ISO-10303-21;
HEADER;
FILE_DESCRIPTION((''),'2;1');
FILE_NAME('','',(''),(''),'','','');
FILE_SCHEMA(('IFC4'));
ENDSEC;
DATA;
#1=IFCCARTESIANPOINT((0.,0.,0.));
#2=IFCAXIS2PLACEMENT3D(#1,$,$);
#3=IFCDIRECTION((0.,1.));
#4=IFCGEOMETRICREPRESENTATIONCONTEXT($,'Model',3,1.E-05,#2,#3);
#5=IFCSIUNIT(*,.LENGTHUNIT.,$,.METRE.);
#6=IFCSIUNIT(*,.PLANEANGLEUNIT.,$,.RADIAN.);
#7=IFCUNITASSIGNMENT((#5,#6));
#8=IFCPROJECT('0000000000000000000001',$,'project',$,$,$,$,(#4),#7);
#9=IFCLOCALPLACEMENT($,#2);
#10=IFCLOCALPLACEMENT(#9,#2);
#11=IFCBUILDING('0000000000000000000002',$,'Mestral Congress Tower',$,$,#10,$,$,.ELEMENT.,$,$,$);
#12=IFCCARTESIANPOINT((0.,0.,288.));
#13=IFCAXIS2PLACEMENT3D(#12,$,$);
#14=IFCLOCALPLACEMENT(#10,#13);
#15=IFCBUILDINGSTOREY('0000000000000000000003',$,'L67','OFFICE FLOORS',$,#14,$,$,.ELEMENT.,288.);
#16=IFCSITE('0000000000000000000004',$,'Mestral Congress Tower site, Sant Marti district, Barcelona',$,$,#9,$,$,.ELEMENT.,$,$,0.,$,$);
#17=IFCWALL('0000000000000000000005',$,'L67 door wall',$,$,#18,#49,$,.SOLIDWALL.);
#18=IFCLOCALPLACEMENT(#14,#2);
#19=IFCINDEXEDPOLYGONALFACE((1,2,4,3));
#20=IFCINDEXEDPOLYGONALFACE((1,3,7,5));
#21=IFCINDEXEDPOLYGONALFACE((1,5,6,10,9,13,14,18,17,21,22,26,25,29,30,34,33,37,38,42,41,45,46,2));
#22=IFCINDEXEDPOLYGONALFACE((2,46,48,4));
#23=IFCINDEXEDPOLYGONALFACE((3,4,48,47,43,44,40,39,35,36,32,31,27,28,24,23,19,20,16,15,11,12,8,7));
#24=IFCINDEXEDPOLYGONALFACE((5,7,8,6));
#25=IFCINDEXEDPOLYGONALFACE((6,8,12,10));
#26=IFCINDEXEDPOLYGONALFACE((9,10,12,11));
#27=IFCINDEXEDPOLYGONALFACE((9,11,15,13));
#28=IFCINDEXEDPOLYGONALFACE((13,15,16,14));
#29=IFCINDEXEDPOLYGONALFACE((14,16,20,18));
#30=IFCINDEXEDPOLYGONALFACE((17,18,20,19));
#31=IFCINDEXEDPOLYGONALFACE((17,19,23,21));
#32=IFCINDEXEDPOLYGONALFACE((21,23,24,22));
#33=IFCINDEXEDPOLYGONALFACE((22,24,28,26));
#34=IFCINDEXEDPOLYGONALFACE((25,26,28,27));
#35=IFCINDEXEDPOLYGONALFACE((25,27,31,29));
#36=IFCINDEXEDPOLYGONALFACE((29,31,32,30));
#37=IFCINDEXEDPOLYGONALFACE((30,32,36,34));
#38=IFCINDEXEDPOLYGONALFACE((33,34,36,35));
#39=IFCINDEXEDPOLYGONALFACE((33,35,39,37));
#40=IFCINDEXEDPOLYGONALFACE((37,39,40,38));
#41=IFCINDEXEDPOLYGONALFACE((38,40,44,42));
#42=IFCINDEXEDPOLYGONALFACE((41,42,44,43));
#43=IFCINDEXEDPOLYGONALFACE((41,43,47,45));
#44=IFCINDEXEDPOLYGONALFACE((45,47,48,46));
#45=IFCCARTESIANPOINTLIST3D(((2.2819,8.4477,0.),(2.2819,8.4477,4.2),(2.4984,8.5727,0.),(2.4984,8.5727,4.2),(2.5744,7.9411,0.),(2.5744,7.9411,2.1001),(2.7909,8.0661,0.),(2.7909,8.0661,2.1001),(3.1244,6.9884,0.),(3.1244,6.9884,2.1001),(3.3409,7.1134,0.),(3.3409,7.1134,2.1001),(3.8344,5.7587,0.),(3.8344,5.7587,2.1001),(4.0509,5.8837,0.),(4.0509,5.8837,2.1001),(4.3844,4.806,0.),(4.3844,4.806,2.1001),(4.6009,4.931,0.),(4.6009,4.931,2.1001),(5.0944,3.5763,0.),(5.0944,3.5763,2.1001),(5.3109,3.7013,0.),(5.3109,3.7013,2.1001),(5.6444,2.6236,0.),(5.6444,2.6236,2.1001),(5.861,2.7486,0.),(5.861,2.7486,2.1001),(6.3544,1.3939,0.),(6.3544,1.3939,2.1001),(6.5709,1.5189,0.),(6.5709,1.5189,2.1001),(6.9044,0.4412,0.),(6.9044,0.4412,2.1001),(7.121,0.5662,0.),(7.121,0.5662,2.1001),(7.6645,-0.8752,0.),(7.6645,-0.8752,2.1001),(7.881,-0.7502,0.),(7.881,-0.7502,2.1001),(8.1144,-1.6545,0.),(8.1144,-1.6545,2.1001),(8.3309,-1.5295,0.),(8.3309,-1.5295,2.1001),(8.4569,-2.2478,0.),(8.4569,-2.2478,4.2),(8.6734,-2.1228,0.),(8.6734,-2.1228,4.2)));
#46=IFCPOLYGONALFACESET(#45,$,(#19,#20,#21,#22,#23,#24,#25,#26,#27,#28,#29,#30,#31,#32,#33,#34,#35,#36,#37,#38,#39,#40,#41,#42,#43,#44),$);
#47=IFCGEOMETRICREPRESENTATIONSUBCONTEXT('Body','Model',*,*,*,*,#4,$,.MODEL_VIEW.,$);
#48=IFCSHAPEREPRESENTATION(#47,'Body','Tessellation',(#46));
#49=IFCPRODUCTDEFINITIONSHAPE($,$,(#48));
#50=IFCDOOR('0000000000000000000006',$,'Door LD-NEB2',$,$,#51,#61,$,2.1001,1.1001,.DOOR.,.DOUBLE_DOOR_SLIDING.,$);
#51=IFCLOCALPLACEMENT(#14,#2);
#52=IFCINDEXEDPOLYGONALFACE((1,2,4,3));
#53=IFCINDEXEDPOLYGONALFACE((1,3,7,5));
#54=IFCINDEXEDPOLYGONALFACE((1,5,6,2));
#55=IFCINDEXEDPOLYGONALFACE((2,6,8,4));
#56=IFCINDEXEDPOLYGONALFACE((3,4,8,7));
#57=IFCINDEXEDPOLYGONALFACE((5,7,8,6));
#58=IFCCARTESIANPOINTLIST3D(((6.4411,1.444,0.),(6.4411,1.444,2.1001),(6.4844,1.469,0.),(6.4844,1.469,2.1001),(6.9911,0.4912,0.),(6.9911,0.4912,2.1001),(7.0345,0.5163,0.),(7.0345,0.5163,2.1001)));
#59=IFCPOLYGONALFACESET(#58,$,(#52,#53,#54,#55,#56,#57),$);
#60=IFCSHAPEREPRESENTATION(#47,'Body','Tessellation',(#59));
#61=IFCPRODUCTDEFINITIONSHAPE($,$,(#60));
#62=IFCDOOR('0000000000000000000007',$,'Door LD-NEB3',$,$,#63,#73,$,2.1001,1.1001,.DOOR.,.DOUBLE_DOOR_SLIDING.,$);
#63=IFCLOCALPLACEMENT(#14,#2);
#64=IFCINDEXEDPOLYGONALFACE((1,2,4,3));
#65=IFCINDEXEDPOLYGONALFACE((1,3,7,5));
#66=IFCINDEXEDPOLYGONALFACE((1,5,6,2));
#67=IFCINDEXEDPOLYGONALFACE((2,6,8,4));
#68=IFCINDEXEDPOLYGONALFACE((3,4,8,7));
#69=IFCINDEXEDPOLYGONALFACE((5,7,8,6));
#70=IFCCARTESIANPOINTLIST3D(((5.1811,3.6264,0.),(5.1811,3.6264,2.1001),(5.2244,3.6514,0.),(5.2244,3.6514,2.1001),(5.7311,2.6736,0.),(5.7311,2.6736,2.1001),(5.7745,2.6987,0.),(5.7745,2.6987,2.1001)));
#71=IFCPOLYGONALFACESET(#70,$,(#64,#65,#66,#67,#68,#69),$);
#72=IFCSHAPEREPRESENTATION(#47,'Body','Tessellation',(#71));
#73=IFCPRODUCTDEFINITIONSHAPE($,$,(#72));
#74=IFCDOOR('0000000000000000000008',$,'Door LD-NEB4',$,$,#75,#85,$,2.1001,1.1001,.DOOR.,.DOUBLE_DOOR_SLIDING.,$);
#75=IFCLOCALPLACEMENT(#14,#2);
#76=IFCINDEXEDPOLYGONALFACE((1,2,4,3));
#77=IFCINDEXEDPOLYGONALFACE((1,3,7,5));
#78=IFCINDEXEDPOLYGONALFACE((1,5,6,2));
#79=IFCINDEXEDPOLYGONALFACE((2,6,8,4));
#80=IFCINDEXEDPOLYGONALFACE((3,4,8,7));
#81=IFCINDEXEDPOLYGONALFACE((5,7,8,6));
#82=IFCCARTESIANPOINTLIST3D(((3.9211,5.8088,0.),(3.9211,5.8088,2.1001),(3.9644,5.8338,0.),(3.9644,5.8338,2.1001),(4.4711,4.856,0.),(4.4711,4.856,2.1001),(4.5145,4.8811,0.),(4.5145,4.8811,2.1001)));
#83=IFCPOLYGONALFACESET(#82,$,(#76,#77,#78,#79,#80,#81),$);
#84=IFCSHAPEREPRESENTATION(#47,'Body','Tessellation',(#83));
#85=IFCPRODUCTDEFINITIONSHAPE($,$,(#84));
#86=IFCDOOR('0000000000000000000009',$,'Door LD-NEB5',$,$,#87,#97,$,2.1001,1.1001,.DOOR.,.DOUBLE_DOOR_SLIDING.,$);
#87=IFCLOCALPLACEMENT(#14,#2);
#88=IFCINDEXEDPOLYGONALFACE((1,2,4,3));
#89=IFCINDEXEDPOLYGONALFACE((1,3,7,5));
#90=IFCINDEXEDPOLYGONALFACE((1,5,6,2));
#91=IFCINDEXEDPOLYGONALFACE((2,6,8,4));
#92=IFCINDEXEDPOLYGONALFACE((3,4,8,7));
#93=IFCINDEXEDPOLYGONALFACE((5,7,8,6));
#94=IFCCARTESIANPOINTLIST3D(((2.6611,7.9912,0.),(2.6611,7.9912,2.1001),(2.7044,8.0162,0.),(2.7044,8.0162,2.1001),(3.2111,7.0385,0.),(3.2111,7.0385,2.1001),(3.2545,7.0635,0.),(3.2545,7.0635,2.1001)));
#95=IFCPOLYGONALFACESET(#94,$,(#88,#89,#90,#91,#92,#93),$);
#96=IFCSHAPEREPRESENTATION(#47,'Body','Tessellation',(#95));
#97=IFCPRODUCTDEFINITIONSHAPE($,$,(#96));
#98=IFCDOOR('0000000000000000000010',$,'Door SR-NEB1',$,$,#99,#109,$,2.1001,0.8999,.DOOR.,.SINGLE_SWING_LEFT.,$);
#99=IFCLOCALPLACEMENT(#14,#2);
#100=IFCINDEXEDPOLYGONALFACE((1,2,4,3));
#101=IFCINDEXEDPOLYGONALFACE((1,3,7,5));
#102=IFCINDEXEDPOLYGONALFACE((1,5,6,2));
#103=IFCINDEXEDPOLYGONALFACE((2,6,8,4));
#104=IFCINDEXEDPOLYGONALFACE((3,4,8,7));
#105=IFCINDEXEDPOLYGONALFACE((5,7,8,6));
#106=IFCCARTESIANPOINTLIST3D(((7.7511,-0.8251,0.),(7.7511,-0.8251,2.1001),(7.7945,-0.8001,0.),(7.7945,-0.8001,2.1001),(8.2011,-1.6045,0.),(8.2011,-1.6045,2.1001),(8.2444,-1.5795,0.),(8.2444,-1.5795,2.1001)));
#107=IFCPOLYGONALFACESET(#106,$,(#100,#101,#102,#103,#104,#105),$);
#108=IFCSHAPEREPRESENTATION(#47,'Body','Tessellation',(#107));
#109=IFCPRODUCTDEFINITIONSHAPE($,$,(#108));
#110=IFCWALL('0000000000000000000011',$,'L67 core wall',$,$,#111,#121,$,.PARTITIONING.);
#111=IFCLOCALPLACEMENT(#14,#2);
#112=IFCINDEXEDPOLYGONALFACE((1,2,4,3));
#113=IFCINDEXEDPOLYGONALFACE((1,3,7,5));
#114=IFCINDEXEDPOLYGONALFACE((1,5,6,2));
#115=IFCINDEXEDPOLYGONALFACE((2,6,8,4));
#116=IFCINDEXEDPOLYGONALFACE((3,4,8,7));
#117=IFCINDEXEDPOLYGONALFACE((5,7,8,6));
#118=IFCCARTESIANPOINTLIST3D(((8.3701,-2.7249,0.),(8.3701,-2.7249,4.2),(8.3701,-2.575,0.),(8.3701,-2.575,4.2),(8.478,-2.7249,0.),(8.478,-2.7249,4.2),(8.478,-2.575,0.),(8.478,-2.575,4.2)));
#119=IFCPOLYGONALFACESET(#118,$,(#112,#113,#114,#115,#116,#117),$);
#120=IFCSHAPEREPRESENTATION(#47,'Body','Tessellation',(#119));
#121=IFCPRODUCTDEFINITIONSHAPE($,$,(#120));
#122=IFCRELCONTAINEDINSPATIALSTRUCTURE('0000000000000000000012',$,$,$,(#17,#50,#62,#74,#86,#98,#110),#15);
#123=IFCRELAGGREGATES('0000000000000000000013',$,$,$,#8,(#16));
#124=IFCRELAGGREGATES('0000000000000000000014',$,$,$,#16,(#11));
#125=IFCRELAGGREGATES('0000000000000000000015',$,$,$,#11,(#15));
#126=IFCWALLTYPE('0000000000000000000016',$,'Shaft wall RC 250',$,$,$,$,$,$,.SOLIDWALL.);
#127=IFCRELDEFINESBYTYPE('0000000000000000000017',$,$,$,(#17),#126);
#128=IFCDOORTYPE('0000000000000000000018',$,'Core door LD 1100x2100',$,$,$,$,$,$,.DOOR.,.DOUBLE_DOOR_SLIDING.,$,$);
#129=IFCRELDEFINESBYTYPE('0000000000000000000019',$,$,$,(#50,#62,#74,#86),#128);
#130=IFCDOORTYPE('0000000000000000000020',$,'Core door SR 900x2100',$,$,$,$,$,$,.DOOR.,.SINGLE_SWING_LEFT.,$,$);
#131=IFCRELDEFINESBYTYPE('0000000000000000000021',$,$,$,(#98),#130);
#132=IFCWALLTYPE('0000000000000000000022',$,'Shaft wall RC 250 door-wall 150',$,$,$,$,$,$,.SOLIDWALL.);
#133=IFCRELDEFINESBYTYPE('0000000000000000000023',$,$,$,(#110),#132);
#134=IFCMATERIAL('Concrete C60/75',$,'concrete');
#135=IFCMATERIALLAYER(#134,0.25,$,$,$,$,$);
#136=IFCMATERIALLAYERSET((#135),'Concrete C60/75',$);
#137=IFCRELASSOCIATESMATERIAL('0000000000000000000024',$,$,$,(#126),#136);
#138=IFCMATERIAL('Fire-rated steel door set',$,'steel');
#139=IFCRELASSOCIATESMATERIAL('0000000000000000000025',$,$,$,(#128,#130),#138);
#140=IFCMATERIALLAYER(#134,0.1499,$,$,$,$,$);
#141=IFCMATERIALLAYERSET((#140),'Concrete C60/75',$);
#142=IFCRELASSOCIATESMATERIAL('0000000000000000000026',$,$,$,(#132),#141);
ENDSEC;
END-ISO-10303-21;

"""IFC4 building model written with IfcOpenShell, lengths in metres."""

from ifc_helpers import new_model, si_unit, direction, frame, frame_2d, origin, place, context, subcontext, project, spatial, rectangle, extrude, material, layer, layer_set, type_object, element, fill, save


model = new_model("IFC4")

# Units and contexts
model_context = context("Model", 3, precision=1e-05, world=origin(), true_north=direction((0.0, 1.0)))
body_context = subcontext(model_context, "Body", "Model", "MODEL_VIEW")
ifc_project = project(units=[si_unit("LENGTHUNIT", "METRE"), si_unit("PLANEANGLEUNIT", "RADIAN")], contexts=[model_context])

# Site, building, storey
site_placement = place(None, origin())
site = spatial("IfcSite", under=ifc_project, at=site_placement, Name="Mestral Congress Tower site, Sant Marti district, Barcelona", CompositionType="ELEMENT", RefElevation=0.0)
building_placement = place(site_placement, origin())
building = spatial("IfcBuilding", under=site, at=building_placement, Name="Mestral Congress Tower", CompositionType="ELEMENT")
storey_placement = place(building_placement, frame((0.0, 0.0, 288.0)))
storey = spatial("IfcBuildingStorey", under=building, at=storey_placement, Name="L67", Description="OFFICE FLOORS", CompositionType="ELEMENT", Elevation=288.0)

# Shared definitions
ifc_material_1 = material(Name="Concrete C60/75", Category="concrete")

# Shared definitions
ifc_material_2 = material(Name="Fire-rated steel door set", Category="steel")

# Shared definitions
ifc_layer_1 = layer(ifc_material_1, 0.25)
ifc_layer_set_1 = layer_set([ifc_layer_1], Name="Concrete C60/75")
wall_type_1 = type_object("IfcWallType", Name="Shaft wall RC 250", PredefinedType="SOLIDWALL", material=ifc_layer_set_1)

# Wall, openings, doors
wall_1_placement = place(storey_placement, frame((8.5652, -2.1853, 0.0), z_axis=(0.0, 0.0, 1.0), x_axis=(-0.499998, 0.866027, 0.0)))
wall_1 = element("IfcWall", 1, at=wall_1_placement, inside=storey, type_object=wall_type_1, Name="L67 door wall", PredefinedType="SOLIDWALL", context=body_context, shape_type="SweptSolid", body=[
    extrude(rectangle(XDim=12.3501, YDim=0.25, at=frame_2d((6.175, 0.0))), origin(), (0.0, 0.0, 1.0), 4.2),
])
opening_1_placement = place(wall_1_placement, frame((0.6851, 0.0, 0.0)))
opening_1 = element("IfcOpeningElement", 2, at=opening_1_placement, cuts=wall_1, PredefinedType="OPENING", context=body_context, shape_type="SweptSolid", body=[
    extrude(rectangle(XDim=0.8999, YDim=2.1001, at=frame_2d((0.45, 1.05))), frame((0.0, 0.135, 0.0), z_axis=(0.0, -1.0, 0.0), x_axis=(1.0, 0.0, 0.0)), (0.0, 0.0, 1.0), 0.27),
])
opening_2_placement = place(wall_1_placement, frame((3.105, 0.0, 0.0)))
opening_2 = element("IfcOpeningElement", 3, at=opening_2_placement, cuts=wall_1, PredefinedType="OPENING", context=body_context, shape_type="SweptSolid", body=[
    extrude(rectangle(XDim=1.1001, YDim=2.1001, at=frame_2d((0.55, 1.05))), frame((0.0, 0.135, 0.0), z_axis=(0.0, -1.0, 0.0), x_axis=(1.0, 0.0, 0.0)), (0.0, 0.0, 1.0), 0.27),
])
opening_3_placement = place(wall_1_placement, frame((5.625, 0.0, 0.0)))
opening_3 = element("IfcOpeningElement", 4, at=opening_3_placement, cuts=wall_1, PredefinedType="OPENING", context=body_context, shape_type="SweptSolid", body=[
    extrude(rectangle(XDim=1.1001, YDim=2.1001, at=frame_2d((0.55, 1.05))), frame((0.0, 0.135, 0.0), z_axis=(0.0, -1.0, 0.0), x_axis=(1.0, 0.0, 0.0)), (0.0, 0.0, 1.0), 0.27),
])
opening_4_placement = place(wall_1_placement, frame((8.145, 0.0, 0.0)))
opening_4 = element("IfcOpeningElement", 5, at=opening_4_placement, cuts=wall_1, PredefinedType="OPENING", context=body_context, shape_type="SweptSolid", body=[
    extrude(rectangle(XDim=1.1001, YDim=2.1001, at=frame_2d((0.55, 1.05))), frame((0.0, 0.135, 0.0), z_axis=(0.0, -1.0, 0.0), x_axis=(1.0, 0.0, 0.0)), (0.0, 0.0, 1.0), 0.27),
])
opening_5_placement = place(wall_1_placement, frame((10.665, 0.0, 0.0)))
opening_5 = element("IfcOpeningElement", 6, at=opening_5_placement, cuts=wall_1, PredefinedType="OPENING", context=body_context, shape_type="SweptSolid", body=[
    extrude(rectangle(XDim=1.1001, YDim=2.1001, at=frame_2d((0.55, 1.05))), frame((0.0, 0.135, 0.0), z_axis=(0.0, -1.0, 0.0), x_axis=(1.0, 0.0, 0.0)), (0.0, 0.0, 1.0), 0.27),
])
door_type_1 = type_object("IfcDoorType", Name="Core door LD 1100x2100", OperationType="DOUBLE_DOOR_SLIDING", PredefinedType="DOOR", material=ifc_material_2)
door_1_placement = place(opening_2_placement, origin())
door_1 = element("IfcDoor", 7, at=door_1_placement, inside=storey, type_object=door_type_1, Name="Door LD-NEB2", OperationType="DOUBLE_DOOR_SLIDING", OverallHeight=2.1001, OverallWidth=1.1001, PredefinedType="DOOR", context=body_context, shape_type="SweptSolid", body=[
    extrude(rectangle(XDim=1.1001, YDim=2.1001, at=frame_2d((0.55, 1.05))), frame((0.0, 0.0249, 0.0), z_axis=(0.0, -1.0, 0.0), x_axis=(1.0, 0.0, 0.0)), (0.0, 0.0, 1.0), 0.05),
])
fill(opening_2, door_1)
door_2_placement = place(opening_3_placement, origin())
door_2 = element("IfcDoor", 8, at=door_2_placement, inside=storey, type_object=door_type_1, Name="Door LD-NEB3", OperationType="DOUBLE_DOOR_SLIDING", OverallHeight=2.1001, OverallWidth=1.1001, PredefinedType="DOOR", context=body_context, shape_type="SweptSolid", body=[
    extrude(rectangle(XDim=1.1001, YDim=2.1001, at=frame_2d((0.55, 1.05))), frame((0.0, 0.0249, 0.0), z_axis=(0.0, -1.0, 0.0), x_axis=(1.0, 0.0, 0.0)), (0.0, 0.0, 1.0), 0.05),
])
fill(opening_3, door_2)
door_3_placement = place(opening_4_placement, origin())
door_3 = element("IfcDoor", 9, at=door_3_placement, inside=storey, type_object=door_type_1, Name="Door LD-NEB4", OperationType="DOUBLE_DOOR_SLIDING", OverallHeight=2.1001, OverallWidth=1.1001, PredefinedType="DOOR", context=body_context, shape_type="SweptSolid", body=[
    extrude(rectangle(XDim=1.1001, YDim=2.1001, at=frame_2d((0.55, 1.05))), frame((0.0, 0.0249, 0.0), z_axis=(0.0, -1.0, 0.0), x_axis=(1.0, 0.0, 0.0)), (0.0, 0.0, 1.0), 0.05),
])
fill(opening_4, door_3)
door_4_placement = place(opening_5_placement, origin())
door_4 = element("IfcDoor", 10, at=door_4_placement, inside=storey, type_object=door_type_1, Name="Door LD-NEB5", OperationType="DOUBLE_DOOR_SLIDING", OverallHeight=2.1001, OverallWidth=1.1001, PredefinedType="DOOR", context=body_context, shape_type="SweptSolid", body=[
    extrude(rectangle(XDim=1.1001, YDim=2.1001, at=frame_2d((0.55, 1.05))), frame((0.0, 0.0249, 0.0), z_axis=(0.0, -1.0, 0.0), x_axis=(1.0, 0.0, 0.0)), (0.0, 0.0, 1.0), 0.05),
])
fill(opening_5, door_4)
door_type_2 = type_object("IfcDoorType", Name="Core door SR 900x2100", OperationType="SINGLE_SWING_LEFT", PredefinedType="DOOR", material=ifc_material_2)
door_5_placement = place(opening_1_placement, origin())
door_5 = element("IfcDoor", 11, at=door_5_placement, inside=storey, type_object=door_type_2, Name="Door SR-NEB1", OperationType="SINGLE_SWING_LEFT", OverallHeight=2.1001, OverallWidth=0.8999, PredefinedType="DOOR", context=body_context, shape_type="SweptSolid", body=[
    extrude(rectangle(XDim=0.8999, YDim=2.1001, at=frame_2d((0.45, 1.05))), frame((0.0, 0.0249, 0.0), z_axis=(0.0, -1.0, 0.0), x_axis=(1.0, 0.0, 0.0)), (0.0, 0.0, 1.0), 0.05),
])
fill(opening_1, door_5)

# Wall
ifc_layer_2 = layer(ifc_material_1, 0.1499)
ifc_layer_set_2 = layer_set([ifc_layer_2], Name="Concrete C60/75")
wall_type_2 = type_object("IfcWallType", Name="Shaft wall RC 250 door-wall 150", PredefinedType="SOLIDWALL", material=ifc_layer_set_2)
wall_2_placement = place(storey_placement, frame((8.3701, -2.6499, 0.0), z_axis=(0.0, 0.0, 1.0), x_axis=(1.0, 0.0, 0.0)))
element("IfcWall", 12, at=wall_2_placement, inside=storey, type_object=wall_type_2, Name="L67 core wall", PredefinedType="PARTITIONING", context=body_context, shape_type="SweptSolid", body=[
    extrude(rectangle(XDim=0.1079, YDim=0.1499, at=frame_2d((0.054, 0.0))), origin(), (0.0, 0.0, 1.0), 4.2),
])

save(model, "model.ifc")
